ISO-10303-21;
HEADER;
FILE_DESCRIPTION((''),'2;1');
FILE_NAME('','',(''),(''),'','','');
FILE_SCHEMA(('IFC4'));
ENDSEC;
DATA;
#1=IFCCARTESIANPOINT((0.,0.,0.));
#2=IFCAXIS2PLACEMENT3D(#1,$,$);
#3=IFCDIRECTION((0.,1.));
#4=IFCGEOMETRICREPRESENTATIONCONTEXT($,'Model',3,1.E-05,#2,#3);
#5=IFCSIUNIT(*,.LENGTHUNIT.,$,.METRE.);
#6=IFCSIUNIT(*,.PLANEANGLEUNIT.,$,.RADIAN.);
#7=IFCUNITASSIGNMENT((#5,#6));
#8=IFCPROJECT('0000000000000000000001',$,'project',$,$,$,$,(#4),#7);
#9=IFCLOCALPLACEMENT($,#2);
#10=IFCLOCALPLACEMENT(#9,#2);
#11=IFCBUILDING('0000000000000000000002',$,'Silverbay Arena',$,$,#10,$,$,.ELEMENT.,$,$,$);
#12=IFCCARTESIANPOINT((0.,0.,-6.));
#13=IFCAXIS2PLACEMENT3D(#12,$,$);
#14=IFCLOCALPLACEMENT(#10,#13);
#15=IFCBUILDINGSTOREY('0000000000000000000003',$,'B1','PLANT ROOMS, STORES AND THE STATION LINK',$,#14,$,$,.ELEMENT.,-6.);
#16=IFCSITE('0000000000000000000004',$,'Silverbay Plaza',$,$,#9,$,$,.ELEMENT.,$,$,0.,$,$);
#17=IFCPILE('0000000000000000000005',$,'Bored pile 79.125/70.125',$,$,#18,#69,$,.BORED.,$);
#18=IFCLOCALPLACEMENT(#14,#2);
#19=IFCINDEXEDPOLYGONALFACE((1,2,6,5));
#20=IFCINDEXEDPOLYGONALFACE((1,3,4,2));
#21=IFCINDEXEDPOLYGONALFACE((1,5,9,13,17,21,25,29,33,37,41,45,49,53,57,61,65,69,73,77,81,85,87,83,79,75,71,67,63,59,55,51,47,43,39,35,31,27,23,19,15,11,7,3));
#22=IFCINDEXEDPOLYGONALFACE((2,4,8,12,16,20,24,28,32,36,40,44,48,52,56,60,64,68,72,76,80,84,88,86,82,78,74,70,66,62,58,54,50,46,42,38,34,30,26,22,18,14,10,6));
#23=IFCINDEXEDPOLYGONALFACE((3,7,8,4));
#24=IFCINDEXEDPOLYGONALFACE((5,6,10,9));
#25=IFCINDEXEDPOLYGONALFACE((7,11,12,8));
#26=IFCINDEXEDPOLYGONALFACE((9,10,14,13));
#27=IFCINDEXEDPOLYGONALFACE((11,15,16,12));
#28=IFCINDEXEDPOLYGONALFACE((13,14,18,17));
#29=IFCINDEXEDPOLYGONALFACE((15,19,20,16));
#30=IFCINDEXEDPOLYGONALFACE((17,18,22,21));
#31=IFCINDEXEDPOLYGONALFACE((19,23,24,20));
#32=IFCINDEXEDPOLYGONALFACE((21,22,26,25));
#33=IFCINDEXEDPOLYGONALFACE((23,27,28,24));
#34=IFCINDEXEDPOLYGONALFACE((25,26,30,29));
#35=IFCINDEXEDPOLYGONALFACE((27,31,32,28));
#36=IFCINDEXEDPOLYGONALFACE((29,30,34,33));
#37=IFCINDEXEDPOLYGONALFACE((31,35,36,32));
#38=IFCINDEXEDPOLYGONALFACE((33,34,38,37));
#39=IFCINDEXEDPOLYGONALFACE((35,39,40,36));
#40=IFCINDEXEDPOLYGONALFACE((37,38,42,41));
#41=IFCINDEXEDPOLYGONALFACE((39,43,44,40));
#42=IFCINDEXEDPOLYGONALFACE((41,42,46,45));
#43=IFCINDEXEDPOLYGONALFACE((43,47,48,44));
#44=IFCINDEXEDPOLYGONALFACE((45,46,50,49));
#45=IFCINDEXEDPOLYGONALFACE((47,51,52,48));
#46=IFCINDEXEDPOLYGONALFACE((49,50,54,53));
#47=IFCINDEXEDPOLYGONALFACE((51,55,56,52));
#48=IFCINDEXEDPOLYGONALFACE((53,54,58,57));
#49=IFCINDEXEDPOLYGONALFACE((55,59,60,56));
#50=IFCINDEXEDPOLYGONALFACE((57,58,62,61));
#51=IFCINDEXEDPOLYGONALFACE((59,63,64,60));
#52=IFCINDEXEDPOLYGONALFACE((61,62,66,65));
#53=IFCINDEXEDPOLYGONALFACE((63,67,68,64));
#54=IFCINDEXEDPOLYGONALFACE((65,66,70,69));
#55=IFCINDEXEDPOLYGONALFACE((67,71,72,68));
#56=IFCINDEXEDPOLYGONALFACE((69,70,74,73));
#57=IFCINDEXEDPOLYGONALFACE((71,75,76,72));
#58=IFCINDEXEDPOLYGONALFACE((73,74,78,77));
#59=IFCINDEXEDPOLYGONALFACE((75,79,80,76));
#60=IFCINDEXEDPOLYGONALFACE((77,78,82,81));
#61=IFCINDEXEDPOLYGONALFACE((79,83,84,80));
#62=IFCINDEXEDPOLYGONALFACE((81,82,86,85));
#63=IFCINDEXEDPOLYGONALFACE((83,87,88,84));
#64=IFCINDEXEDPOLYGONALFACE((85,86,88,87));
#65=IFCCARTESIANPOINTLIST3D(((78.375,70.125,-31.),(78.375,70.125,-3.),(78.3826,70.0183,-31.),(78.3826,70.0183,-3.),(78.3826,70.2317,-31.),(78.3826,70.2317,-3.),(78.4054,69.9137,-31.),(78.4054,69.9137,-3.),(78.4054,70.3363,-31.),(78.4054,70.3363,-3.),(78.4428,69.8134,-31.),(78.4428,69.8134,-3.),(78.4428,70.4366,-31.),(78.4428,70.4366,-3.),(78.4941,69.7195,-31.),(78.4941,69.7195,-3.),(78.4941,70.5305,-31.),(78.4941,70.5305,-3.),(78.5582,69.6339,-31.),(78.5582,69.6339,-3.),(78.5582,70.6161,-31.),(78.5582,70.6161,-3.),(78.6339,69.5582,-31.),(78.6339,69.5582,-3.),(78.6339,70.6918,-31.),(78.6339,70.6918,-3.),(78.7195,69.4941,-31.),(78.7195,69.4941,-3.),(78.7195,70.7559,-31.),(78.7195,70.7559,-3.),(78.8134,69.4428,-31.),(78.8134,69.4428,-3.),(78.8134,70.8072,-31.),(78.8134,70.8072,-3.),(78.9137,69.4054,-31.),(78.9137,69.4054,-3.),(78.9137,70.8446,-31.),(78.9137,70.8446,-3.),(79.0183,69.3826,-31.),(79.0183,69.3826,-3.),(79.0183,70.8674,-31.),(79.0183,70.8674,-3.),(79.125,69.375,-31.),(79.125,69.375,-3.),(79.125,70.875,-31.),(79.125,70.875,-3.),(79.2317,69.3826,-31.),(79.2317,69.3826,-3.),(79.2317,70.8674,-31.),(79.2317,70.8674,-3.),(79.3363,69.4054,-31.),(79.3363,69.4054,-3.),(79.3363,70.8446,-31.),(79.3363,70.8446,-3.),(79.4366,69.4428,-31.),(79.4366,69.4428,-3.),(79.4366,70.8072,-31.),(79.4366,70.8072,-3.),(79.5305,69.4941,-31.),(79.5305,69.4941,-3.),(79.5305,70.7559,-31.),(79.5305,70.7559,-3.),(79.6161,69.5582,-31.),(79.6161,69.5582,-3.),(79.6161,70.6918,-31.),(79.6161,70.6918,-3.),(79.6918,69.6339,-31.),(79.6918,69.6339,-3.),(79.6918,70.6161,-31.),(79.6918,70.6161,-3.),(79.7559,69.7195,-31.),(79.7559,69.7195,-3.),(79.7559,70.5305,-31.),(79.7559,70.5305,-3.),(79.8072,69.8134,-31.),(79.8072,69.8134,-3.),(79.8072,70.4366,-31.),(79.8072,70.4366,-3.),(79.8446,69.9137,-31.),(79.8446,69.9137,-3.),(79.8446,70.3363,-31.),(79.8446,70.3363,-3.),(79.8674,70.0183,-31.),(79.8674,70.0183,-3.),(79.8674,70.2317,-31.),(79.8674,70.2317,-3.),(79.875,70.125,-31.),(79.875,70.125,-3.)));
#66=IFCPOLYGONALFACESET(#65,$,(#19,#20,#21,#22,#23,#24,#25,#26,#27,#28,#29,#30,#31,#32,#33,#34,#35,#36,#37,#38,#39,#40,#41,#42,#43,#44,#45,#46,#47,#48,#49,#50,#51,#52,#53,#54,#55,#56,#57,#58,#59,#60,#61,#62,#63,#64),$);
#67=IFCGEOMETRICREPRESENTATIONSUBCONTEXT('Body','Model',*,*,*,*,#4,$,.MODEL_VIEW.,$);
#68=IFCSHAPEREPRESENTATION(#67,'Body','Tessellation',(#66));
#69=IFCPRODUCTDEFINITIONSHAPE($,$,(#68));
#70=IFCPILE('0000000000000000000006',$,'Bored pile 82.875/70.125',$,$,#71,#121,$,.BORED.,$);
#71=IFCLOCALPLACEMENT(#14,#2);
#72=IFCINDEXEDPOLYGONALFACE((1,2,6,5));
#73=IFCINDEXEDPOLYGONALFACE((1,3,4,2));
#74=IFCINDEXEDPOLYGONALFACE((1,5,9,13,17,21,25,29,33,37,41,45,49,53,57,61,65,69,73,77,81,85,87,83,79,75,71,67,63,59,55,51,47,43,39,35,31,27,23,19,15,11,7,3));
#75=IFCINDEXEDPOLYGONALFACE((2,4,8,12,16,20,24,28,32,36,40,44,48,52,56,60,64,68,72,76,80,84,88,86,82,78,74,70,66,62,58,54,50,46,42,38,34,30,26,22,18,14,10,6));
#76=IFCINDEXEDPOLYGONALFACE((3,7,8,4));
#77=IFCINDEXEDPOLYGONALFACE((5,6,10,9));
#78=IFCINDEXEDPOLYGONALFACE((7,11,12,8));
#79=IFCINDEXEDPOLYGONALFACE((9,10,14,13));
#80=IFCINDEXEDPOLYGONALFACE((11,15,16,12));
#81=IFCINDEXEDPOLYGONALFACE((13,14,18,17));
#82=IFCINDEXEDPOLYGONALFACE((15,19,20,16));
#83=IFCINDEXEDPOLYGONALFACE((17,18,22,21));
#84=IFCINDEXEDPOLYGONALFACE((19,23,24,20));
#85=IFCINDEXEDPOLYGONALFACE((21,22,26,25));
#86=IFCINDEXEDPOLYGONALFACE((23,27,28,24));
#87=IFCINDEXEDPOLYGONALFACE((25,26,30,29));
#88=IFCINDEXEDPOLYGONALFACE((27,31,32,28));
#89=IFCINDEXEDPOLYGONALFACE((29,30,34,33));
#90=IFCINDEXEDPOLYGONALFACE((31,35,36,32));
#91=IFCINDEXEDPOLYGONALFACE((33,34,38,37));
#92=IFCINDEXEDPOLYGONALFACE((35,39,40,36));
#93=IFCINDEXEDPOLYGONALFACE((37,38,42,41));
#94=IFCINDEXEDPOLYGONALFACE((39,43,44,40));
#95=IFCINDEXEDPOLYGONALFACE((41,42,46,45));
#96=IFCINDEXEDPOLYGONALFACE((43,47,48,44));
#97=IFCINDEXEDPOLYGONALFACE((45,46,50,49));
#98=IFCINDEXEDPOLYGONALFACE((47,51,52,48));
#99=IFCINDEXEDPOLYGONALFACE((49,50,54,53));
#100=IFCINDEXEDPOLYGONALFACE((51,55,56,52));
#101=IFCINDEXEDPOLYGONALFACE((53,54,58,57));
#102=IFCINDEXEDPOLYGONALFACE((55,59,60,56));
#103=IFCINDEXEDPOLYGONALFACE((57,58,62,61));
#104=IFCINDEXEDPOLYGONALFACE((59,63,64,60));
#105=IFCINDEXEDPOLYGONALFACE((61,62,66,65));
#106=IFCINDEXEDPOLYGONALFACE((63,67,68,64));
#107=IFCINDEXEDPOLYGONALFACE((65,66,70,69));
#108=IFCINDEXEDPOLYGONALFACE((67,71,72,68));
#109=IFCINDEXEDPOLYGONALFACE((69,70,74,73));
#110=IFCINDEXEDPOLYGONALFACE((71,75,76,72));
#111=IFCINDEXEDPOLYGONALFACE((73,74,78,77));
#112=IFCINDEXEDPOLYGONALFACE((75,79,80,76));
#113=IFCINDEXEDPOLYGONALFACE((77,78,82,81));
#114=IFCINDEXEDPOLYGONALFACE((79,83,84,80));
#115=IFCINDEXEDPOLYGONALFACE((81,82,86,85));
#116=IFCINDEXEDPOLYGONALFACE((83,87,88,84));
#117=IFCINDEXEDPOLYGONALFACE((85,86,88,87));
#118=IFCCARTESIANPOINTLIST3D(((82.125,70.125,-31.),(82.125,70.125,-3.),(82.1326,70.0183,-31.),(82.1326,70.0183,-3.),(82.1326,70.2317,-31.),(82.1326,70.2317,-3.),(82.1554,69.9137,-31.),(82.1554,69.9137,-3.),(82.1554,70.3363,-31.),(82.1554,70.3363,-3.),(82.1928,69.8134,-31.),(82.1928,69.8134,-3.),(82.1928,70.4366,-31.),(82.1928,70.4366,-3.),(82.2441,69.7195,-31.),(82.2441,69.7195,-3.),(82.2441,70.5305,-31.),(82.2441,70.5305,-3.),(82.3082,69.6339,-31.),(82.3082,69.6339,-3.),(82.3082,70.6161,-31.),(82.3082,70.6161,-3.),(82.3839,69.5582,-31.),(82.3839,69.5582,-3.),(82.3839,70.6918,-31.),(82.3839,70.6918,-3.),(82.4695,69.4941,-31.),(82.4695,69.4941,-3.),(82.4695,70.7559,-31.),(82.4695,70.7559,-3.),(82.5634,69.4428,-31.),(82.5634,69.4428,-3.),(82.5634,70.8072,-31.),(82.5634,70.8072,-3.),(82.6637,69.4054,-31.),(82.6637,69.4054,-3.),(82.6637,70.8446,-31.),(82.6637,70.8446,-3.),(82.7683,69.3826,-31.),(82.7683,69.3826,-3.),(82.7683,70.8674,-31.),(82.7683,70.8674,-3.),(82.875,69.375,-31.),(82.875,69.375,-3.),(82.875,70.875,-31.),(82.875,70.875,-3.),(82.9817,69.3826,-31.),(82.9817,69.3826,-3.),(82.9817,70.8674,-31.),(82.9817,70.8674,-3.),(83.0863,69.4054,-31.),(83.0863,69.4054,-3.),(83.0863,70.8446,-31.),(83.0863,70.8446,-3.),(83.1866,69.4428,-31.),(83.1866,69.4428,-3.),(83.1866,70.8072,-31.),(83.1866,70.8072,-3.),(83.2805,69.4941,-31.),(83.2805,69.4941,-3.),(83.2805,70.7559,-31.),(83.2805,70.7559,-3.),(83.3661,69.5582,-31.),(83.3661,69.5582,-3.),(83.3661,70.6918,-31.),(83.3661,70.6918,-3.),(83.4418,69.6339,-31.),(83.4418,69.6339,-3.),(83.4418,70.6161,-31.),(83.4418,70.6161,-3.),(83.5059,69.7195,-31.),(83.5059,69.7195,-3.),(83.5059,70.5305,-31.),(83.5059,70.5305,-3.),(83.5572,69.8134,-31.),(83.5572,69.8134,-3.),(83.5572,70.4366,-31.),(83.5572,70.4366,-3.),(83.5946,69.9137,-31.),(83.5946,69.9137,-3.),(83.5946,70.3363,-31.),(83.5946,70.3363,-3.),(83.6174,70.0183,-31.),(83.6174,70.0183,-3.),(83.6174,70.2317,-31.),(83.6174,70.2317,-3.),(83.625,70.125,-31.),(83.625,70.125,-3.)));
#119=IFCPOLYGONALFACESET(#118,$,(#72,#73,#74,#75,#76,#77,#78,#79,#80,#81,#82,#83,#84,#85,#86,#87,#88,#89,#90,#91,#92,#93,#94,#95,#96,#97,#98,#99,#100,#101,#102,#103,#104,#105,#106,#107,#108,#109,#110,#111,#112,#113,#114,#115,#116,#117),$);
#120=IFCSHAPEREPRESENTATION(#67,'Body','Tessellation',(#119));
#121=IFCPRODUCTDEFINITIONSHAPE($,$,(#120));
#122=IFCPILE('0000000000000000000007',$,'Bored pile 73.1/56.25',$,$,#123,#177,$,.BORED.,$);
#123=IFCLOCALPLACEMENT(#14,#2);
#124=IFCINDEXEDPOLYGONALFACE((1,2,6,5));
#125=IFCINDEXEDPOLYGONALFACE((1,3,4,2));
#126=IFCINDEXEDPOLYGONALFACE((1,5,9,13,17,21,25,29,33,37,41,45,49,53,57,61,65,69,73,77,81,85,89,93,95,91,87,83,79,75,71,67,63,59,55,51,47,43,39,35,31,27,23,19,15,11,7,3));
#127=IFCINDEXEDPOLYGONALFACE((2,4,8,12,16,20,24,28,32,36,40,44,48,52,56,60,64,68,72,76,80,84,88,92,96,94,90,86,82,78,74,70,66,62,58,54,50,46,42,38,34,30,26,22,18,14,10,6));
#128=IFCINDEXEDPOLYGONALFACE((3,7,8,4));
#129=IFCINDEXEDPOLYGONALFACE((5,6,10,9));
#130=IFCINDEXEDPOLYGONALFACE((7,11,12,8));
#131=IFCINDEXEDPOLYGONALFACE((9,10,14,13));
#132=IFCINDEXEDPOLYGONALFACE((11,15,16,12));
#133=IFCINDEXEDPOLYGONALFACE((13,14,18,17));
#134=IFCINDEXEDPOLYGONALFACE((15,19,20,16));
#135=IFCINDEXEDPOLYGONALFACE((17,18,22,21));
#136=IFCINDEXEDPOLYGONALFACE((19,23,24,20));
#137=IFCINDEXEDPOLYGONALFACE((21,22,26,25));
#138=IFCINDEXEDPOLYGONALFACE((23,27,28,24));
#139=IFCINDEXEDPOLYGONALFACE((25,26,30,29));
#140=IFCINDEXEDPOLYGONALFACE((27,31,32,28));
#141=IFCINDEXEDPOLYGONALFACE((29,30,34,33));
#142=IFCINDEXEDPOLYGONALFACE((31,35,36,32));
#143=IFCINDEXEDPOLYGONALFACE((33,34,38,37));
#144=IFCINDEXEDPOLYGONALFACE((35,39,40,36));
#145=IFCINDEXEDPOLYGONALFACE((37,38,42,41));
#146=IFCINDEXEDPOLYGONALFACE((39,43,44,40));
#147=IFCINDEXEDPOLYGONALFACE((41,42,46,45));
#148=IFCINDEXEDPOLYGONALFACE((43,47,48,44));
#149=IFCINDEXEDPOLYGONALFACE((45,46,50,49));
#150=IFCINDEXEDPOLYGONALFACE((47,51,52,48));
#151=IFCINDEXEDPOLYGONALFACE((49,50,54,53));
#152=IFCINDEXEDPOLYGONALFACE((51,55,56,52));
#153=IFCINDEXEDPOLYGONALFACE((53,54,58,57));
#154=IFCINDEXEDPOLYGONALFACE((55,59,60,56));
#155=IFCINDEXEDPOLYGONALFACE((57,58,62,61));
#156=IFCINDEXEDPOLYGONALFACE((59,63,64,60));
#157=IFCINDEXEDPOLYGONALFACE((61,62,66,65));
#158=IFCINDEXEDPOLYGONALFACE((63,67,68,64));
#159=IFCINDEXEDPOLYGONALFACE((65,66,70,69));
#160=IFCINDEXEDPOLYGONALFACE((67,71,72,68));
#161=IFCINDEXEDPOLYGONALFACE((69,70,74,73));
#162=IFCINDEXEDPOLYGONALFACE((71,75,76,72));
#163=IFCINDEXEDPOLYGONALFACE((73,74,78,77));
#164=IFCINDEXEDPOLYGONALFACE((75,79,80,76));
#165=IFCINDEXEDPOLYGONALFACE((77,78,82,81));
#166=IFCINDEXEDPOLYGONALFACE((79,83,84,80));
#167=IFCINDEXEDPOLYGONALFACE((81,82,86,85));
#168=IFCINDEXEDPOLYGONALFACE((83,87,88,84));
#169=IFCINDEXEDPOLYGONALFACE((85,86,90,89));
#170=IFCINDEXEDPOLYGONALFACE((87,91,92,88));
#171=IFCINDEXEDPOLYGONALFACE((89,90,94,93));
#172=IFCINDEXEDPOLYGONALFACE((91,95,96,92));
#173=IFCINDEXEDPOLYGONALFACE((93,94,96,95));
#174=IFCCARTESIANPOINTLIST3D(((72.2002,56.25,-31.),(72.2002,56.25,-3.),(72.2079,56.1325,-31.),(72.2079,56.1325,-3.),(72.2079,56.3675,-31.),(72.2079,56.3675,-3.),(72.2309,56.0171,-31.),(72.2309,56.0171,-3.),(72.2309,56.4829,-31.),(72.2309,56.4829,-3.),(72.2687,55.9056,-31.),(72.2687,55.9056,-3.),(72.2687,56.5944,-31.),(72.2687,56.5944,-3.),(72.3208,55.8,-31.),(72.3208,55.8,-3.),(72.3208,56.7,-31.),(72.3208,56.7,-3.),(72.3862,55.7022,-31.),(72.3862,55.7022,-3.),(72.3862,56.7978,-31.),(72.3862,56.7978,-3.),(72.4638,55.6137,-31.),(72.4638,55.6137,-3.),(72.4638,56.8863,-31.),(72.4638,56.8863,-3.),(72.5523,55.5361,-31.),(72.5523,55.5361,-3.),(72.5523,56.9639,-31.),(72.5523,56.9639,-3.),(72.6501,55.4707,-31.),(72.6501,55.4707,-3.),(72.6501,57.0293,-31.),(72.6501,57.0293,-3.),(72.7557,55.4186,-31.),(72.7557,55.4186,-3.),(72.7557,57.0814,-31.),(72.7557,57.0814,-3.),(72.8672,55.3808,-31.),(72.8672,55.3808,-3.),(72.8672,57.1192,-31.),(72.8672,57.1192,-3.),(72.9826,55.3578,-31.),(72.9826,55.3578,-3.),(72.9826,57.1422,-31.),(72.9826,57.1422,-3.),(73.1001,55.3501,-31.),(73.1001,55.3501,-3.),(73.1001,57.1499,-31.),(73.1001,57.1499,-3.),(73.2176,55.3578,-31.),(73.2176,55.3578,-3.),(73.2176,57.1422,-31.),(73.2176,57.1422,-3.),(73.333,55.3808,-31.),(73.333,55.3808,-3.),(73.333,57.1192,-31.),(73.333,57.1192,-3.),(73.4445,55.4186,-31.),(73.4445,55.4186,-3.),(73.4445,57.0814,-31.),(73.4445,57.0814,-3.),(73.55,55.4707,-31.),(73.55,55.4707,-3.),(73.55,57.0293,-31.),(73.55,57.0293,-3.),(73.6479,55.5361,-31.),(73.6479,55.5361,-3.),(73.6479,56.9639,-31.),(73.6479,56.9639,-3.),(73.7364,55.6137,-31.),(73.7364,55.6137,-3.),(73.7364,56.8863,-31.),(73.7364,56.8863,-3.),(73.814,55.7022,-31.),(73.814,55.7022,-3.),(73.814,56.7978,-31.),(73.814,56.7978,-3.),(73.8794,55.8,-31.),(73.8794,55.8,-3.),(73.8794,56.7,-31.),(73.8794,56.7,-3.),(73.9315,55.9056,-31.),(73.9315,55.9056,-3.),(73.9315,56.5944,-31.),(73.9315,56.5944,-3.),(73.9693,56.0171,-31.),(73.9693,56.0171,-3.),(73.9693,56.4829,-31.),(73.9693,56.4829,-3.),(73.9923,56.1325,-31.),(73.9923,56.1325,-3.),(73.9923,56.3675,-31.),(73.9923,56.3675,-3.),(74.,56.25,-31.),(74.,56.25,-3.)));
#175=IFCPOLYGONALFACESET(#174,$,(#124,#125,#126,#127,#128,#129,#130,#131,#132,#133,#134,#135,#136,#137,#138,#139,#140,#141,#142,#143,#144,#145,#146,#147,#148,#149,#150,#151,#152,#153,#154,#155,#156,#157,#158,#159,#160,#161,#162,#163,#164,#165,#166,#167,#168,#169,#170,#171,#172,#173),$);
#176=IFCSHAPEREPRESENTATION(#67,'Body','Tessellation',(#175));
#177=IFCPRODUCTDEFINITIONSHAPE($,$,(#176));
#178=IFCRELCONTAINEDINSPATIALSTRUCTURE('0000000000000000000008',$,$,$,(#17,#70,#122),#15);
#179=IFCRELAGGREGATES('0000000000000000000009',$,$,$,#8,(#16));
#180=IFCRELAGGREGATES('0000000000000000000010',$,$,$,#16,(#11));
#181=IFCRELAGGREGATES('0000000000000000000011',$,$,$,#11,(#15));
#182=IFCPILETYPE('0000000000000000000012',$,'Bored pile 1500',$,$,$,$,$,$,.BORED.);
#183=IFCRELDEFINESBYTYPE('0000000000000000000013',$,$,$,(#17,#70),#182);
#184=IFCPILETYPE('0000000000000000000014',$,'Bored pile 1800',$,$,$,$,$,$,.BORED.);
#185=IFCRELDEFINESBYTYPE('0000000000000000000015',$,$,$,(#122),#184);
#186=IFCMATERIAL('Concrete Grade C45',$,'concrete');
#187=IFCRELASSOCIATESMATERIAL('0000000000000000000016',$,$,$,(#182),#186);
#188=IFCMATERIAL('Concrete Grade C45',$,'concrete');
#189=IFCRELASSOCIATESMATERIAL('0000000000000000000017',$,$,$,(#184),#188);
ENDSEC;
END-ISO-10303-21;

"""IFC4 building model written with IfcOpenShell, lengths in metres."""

from ifc_helpers import new_model, si_unit, direction, frame, origin, origin_2d, place, context, subcontext, project, spatial, circle, extrude, material, material_profile, profile_set, type_object, element, save


model = new_model("IFC4")

# Units and contexts
model_context = context("Model", 3, precision=1e-05, world=origin(), true_north=direction((0.0, 1.0)))
body_context = subcontext(model_context, "Body", "Model", "MODEL_VIEW")
ifc_project = project(units=[si_unit("LENGTHUNIT", "METRE"), si_unit("PLANEANGLEUNIT", "RADIAN")], contexts=[model_context])

# Site, building, storey
site_placement = place(None, origin())
site = spatial("IfcSite", under=ifc_project, at=site_placement, Name="Silverbay Plaza", CompositionType="ELEMENT", RefElevation=0.0)
building_placement = place(site_placement, origin())
building = spatial("IfcBuilding", under=site, at=building_placement, Name="Silverbay Arena", CompositionType="ELEMENT")
storey_placement = place(building_placement, frame((0.0, 0.0, -6.0)))
storey = spatial("IfcBuildingStorey", under=building, at=storey_placement, Name="B1", Description="PLANT ROOMS, STORES AND THE STATION LINK", CompositionType="ELEMENT", Elevation=-6.0)

# Piles
ifc_material_1 = material(Name="Concrete Grade C45", Category="concrete")
ifc_material_profile_1 = material_profile(ifc_material_1, circle(Radius=0.75, at=origin_2d()), Name="Bored pile 1500")
ifc_profile_set_1 = profile_set([ifc_material_profile_1], Name="Concrete Grade C45")
pile_type_1 = type_object("IfcPileType", Name="Bored pile 1500", PredefinedType="BORED", material=ifc_profile_set_1)
for number, where, z_axis, x_axis, name in (
    (1, (79.125, 70.125, -3.0), (0.0, 0.0, -1.0), (1.0, 0.0, 0.0), "Bored pile 79.125/70.125"),
    (2, (82.875, 70.125, -3.0), (0.0, 0.0, -1.0), (1.0, 0.0, 0.0), "Bored pile 82.875/70.125"),
):
    element("IfcPile", number, at=place(storey_placement, frame(where, z_axis=z_axis, x_axis=x_axis)), inside=storey, type_object=pile_type_1, Name=name, PredefinedType="BORED", context=body_context, shape_type="SweptSolid", body=[
        extrude(circle(Radius=0.75, at=origin_2d()), origin(), (0.0, 0.0, 1.0), 28.0),
    ])
ifc_material_2 = material(Name="Concrete Grade C45", Category="concrete")
ifc_material_profile_2 = material_profile(ifc_material_2, circle(Radius=0.8999, at=origin_2d()), Name="Bored pile 1800")
ifc_profile_set_2 = profile_set([ifc_material_profile_2], Name="Concrete Grade C45")
pile_type_2 = type_object("IfcPileType", Name="Bored pile 1800", PredefinedType="BORED", material=ifc_profile_set_2)
for number, where, z_axis, x_axis, name in (
    (3, (73.1001, 56.25, -3.0), (0.0, 0.0, -1.0), (1.0, 0.0, 0.0), "Bored pile 73.1/56.25"),
):
    element("IfcPile", number, at=place(storey_placement, frame(where, z_axis=z_axis, x_axis=x_axis)), inside=storey, type_object=pile_type_2, Name=name, PredefinedType="BORED", context=body_context, shape_type="SweptSolid", body=[
        extrude(circle(Radius=0.8999, at=origin_2d()), origin(), (0.0, 0.0, 1.0), 28.0),
    ])

save(model, "model.ifc")
